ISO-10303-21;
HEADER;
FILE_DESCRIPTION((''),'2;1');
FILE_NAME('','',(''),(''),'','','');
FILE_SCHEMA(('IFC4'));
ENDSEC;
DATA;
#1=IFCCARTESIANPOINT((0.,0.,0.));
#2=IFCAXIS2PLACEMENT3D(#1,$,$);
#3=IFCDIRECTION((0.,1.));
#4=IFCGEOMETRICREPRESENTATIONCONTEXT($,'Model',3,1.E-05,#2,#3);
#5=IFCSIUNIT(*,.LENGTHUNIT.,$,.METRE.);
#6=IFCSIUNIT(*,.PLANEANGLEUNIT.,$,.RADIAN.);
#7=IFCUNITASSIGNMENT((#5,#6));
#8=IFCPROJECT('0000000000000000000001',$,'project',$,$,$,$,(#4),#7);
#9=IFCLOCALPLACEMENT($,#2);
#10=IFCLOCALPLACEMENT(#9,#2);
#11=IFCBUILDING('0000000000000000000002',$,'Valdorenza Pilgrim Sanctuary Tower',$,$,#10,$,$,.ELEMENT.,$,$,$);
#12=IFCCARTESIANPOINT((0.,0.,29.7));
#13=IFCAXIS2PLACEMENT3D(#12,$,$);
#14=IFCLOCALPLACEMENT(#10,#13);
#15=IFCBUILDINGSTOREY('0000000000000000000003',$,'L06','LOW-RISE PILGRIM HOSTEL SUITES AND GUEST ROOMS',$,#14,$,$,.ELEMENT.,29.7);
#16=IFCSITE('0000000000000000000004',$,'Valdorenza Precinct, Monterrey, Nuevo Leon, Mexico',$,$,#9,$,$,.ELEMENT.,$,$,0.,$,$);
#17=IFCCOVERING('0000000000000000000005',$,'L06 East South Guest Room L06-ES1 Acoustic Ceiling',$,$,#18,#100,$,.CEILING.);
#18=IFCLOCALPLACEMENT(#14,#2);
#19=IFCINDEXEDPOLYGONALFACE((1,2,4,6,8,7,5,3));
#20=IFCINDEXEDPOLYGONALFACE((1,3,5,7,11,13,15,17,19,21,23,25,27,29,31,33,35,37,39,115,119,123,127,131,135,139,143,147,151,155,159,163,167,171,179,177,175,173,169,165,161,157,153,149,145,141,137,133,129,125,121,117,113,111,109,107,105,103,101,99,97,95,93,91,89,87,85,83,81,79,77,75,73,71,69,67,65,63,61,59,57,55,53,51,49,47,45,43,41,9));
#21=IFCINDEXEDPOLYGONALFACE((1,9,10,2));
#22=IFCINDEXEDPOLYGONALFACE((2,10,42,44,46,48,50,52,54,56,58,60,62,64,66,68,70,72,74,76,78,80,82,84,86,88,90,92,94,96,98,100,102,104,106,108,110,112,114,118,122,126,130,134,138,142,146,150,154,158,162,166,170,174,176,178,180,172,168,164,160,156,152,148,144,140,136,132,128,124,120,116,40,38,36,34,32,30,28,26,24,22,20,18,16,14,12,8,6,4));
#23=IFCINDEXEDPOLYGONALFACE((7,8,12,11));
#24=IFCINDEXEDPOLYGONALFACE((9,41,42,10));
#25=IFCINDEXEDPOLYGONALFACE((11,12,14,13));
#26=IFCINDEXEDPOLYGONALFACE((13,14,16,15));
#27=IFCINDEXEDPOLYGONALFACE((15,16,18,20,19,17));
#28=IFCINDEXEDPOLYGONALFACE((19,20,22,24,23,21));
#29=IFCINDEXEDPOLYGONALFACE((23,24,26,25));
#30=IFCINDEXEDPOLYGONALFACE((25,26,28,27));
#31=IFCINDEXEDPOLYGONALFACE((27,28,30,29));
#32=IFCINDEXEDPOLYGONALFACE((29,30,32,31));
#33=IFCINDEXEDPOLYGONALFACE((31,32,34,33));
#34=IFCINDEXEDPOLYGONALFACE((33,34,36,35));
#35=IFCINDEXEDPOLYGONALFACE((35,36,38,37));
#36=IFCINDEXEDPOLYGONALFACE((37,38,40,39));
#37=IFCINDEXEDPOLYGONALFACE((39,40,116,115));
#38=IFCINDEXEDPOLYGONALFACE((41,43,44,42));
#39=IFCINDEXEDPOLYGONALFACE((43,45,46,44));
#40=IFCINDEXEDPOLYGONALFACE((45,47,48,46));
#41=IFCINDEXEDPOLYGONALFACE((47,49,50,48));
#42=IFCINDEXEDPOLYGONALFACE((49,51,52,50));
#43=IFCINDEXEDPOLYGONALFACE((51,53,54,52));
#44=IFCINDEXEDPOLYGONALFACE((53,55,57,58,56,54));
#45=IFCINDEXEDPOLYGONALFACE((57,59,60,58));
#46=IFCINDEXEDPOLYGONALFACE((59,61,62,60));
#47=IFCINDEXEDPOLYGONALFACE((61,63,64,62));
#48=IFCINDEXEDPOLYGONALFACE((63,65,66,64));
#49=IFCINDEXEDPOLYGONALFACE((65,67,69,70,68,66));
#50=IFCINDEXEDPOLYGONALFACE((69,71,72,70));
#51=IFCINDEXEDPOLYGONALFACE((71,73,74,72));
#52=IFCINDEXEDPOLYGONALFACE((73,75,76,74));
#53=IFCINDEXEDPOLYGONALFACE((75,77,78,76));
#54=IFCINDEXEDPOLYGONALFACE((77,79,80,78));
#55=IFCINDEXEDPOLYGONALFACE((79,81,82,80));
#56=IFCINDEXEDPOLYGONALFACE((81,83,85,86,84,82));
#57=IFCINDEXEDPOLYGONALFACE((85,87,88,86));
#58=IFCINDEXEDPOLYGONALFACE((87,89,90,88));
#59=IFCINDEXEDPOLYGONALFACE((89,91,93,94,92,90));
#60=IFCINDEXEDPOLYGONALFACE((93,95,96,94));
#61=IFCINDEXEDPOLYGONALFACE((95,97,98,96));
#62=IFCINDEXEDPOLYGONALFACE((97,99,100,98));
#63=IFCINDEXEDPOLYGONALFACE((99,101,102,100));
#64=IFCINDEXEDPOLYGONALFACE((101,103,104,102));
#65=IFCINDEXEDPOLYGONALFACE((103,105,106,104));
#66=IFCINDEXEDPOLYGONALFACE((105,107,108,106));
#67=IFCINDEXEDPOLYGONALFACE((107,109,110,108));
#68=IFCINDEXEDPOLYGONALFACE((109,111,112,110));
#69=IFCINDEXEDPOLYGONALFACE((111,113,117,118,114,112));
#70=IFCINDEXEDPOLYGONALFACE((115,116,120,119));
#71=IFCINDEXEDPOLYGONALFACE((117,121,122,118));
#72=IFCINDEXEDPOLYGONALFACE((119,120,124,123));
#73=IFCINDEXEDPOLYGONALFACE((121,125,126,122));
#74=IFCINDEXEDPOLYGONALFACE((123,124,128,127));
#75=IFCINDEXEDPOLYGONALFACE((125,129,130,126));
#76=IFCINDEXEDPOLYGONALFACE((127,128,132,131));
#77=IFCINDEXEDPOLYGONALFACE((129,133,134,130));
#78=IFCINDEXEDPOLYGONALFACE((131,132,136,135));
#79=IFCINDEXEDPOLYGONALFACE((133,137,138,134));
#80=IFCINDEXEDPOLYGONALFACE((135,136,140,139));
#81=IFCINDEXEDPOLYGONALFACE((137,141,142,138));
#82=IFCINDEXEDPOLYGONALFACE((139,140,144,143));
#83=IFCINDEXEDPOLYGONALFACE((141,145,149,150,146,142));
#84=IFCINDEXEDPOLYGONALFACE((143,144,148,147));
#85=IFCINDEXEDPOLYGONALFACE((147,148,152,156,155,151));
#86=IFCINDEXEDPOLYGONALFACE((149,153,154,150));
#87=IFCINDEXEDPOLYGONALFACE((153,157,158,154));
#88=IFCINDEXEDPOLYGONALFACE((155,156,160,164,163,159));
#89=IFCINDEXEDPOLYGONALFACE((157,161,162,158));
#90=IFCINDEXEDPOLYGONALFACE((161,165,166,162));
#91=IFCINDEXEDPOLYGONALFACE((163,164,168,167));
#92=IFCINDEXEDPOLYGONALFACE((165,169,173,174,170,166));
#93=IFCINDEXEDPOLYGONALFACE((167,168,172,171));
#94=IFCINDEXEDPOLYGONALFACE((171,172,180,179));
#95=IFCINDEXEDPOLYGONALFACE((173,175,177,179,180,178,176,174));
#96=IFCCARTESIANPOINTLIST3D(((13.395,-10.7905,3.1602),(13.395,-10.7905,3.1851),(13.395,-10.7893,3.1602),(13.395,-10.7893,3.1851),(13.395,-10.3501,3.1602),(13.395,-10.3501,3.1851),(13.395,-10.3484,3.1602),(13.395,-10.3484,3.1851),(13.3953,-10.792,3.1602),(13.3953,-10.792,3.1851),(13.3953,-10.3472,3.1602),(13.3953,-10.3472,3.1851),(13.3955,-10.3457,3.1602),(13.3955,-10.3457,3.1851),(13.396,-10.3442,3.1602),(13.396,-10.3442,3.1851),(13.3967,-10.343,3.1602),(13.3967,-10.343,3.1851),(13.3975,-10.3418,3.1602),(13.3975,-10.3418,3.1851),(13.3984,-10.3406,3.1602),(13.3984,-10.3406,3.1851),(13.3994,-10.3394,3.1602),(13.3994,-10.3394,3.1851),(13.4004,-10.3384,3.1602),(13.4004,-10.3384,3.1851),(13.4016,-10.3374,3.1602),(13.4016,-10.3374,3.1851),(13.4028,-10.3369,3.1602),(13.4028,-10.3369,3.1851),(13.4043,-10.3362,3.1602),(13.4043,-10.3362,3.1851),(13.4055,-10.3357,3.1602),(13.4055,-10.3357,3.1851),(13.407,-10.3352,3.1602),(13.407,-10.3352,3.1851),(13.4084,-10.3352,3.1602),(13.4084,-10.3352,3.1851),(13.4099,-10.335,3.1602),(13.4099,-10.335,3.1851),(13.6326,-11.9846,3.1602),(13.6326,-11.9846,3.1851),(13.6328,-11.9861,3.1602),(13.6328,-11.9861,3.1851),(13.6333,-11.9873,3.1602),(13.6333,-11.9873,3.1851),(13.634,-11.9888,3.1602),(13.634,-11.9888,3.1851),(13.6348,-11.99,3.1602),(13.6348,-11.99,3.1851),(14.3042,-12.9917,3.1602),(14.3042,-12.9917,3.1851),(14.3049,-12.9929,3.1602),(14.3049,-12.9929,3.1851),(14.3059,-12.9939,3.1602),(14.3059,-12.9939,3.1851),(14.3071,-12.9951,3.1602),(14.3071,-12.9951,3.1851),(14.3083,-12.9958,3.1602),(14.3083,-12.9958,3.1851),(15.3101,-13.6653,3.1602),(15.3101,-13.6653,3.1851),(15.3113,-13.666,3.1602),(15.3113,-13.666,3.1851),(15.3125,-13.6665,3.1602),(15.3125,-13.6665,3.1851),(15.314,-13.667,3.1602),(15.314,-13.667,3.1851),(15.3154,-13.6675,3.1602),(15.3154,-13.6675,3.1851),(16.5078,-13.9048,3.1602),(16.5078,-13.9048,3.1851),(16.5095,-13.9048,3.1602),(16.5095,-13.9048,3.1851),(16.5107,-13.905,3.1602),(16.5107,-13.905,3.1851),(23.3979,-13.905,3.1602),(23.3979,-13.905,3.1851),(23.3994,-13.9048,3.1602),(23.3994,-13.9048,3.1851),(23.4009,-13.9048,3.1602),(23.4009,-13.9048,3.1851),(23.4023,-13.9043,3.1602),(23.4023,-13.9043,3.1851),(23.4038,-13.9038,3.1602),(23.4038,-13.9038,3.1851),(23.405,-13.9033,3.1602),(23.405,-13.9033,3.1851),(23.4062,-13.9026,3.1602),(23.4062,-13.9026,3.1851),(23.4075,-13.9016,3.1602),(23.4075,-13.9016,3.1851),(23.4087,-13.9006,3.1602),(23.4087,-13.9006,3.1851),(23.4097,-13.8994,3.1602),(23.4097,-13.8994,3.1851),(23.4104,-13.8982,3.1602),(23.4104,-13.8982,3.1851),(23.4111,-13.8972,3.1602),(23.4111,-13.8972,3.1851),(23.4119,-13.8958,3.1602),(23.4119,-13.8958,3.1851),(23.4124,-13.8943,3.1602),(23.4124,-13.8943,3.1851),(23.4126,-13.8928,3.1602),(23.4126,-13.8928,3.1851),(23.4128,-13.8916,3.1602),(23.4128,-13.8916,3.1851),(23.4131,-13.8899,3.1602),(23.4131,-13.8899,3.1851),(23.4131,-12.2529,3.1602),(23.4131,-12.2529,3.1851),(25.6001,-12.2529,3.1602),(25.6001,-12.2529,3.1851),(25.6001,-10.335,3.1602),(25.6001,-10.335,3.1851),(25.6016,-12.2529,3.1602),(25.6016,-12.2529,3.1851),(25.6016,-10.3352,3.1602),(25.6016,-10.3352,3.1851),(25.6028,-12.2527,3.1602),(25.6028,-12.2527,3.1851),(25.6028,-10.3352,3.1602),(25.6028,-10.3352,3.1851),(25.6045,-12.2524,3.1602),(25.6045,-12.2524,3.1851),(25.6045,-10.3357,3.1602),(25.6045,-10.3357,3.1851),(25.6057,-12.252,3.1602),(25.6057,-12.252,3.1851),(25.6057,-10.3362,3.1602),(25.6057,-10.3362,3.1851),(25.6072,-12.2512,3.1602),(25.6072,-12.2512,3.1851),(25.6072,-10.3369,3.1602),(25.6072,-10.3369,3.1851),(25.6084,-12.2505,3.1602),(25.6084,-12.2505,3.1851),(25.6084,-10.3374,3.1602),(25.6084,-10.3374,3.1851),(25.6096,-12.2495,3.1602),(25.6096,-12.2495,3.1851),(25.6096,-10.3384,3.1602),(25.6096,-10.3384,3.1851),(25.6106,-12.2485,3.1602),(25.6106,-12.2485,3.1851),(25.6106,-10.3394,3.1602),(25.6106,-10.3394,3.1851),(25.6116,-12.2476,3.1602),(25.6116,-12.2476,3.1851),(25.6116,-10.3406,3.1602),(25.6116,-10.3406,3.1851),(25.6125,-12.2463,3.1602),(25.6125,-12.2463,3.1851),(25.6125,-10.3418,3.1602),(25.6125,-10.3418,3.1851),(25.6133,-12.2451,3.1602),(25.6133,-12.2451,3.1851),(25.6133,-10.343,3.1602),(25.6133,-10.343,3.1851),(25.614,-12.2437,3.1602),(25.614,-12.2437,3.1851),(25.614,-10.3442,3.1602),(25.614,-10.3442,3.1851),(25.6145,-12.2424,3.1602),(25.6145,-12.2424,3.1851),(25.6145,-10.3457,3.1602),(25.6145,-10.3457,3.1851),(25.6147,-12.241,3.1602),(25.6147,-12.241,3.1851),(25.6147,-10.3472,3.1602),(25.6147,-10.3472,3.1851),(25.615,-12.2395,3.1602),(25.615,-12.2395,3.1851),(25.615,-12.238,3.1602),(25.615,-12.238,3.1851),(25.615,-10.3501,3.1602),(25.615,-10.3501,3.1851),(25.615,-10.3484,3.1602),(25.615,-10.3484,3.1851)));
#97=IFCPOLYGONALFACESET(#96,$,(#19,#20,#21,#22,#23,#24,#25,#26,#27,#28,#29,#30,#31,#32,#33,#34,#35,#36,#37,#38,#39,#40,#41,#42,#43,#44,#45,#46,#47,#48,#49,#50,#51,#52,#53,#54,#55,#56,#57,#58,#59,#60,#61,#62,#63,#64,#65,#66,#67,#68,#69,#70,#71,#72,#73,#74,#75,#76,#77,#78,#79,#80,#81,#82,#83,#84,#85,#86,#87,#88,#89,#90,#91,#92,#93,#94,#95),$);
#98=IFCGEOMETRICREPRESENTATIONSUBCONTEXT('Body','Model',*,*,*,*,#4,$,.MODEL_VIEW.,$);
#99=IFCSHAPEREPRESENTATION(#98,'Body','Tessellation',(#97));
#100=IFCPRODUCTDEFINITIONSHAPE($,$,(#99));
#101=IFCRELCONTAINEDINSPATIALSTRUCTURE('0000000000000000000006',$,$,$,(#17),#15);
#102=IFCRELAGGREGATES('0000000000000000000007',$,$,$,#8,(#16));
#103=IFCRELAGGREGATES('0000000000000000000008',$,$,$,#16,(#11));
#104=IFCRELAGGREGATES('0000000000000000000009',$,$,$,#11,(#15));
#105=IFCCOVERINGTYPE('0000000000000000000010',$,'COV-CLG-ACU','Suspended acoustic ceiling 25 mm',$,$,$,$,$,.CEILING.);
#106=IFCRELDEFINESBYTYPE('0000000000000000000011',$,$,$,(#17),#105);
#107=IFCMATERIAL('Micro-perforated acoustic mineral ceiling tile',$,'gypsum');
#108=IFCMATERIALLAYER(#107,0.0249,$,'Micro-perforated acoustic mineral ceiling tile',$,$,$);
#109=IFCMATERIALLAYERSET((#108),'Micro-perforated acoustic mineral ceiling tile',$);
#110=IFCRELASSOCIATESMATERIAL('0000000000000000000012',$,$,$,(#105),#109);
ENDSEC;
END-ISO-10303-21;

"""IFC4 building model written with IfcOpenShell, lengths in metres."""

from ifc_helpers import new_model, si_unit, direction, frame, origin, place, context, subcontext, project, spatial, polyline, outline, extrude, material, layer, layer_set, type_object, element, save


model = new_model("IFC4")

# Units and contexts
model_context = context("Model", 3, precision=1e-05, world=origin(), true_north=direction((0.0, 1.0)))
body_context = subcontext(model_context, "Body", "Model", "MODEL_VIEW")
ifc_project = project(units=[si_unit("LENGTHUNIT", "METRE"), si_unit("PLANEANGLEUNIT", "RADIAN")], contexts=[model_context])

# Site, building, storey
site_placement = place(None, origin())
site = spatial("IfcSite", under=ifc_project, at=site_placement, Name="Valdorenza Precinct, Monterrey, Nuevo Leon, Mexico", CompositionType="ELEMENT", RefElevation=0.0)
building_placement = place(site_placement, origin())
building = spatial("IfcBuilding", under=site, at=building_placement, Name="Valdorenza Pilgrim Sanctuary Tower", CompositionType="ELEMENT")
storey_placement = place(building_placement, frame((0.0, 0.0, 29.7)))
storey = spatial("IfcBuildingStorey", under=building, at=storey_placement, Name="L06", Description="LOW-RISE PILGRIM HOSTEL SUITES AND GUEST ROOMS", CompositionType="ELEMENT", Elevation=29.7)

# Covering
ifc_material_1 = material(Name="Micro-perforated acoustic mineral ceiling tile", Category="gypsum")
ifc_layer_1 = layer(ifc_material_1, 0.0249, Name="Micro-perforated acoustic mineral ceiling tile")
ifc_layer_set_1 = layer_set([ifc_layer_1], Name="Micro-perforated acoustic mineral ceiling tile")
covering_type_1 = type_object("IfcCoveringType", Name="COV-CLG-ACU", Description="Suspended acoustic ceiling 25 mm", PredefinedType="CEILING", material=ifc_layer_set_1)
covering_1_placement = place(storey_placement, frame((0.0, 0.0, 3.1602)))
element("IfcCovering", 1, at=covering_1_placement, inside=storey, type_object=covering_type_1, Name="L06 East South Guest Room L06-ES1 Acoustic Ceiling", PredefinedType="CEILING", context=body_context, shape_type="SweptSolid", body=[
    extrude(outline(polyline([(23.4131, -12.2529), (23.4131, -13.8899), (23.4128, -13.8916), (23.4126, -13.8928), (23.4124, -13.8943), (23.4119, -13.8958), (23.4111, -13.8972), (23.4104, -13.8982), (23.4097, -13.8994), (23.4087, -13.9006), (23.4075, -13.9016), (23.4062, -13.9026), (23.405, -13.9033), (23.4038, -13.9038), (23.4023, -13.9043), (23.4009, -13.9048), (23.3994, -13.9048), (23.3979, -13.905), (16.5107, -13.905), (16.5095, -13.9048), (16.5078, -13.9048), (15.3154, -13.6675), (15.314, -13.667), (15.3125, -13.6665), (15.3113, -13.666), (15.3101, -13.6653), (14.3083, -12.9958), (14.3071, -12.9951), (14.3059, -12.9939), (14.3049, -12.9929), (14.3042, -12.9917), (13.6348, -11.99), (13.634, -11.9888), (13.6333, -11.9873), (13.6328, -11.9861), (13.6326, -11.9846), (13.3953, -10.792), (13.395, -10.7905), (13.395, -10.7893), (13.395, -10.3501), (13.395, -10.3484), (13.3953, -10.3472), (13.3955, -10.3457), (13.396, -10.3442), (13.3967, -10.343), (13.3975, -10.3418), (13.3984, -10.3406), (13.3994, -10.3394), (13.4004, -10.3384), (13.4016, -10.3374), (13.4028, -10.3369), (13.4043, -10.3362), (13.4055, -10.3357), (13.407, -10.3352), (13.4084, -10.3352), (13.4099, -10.335), (25.6001, -10.335), (25.6016, -10.3352), (25.6028, -10.3352), (25.6045, -10.3357), (25.6057, -10.3362), (25.6072, -10.3369), (25.6084, -10.3374), (25.6096, -10.3384), (25.6106, -10.3394), (25.6116, -10.3406), (25.6125, -10.3418), (25.6133, -10.343), (25.614, -10.3442), (25.6145, -10.3457), (25.6147, -10.3472), (25.615, -10.3484), (25.615, -10.3501), (25.615, -12.238), (25.615, -12.2395), (25.6147, -12.241), (25.6145, -12.2424), (25.614, -12.2437), (25.6133, -12.2451), (25.6125, -12.2463), (25.6116, -12.2476), (25.6106, -12.2485), (25.6096, -12.2495), (25.6084, -12.2505), (25.6072, -12.2512), (25.6057, -12.252), (25.6045, -12.2524), (25.6028, -12.2527), (25.6016, -12.2529), (25.6001, -12.2529), (23.4131, -12.2529)])), origin(), (0.0, 0.0, 1.0), 0.0249),
])

save(model, "model.ifc")
